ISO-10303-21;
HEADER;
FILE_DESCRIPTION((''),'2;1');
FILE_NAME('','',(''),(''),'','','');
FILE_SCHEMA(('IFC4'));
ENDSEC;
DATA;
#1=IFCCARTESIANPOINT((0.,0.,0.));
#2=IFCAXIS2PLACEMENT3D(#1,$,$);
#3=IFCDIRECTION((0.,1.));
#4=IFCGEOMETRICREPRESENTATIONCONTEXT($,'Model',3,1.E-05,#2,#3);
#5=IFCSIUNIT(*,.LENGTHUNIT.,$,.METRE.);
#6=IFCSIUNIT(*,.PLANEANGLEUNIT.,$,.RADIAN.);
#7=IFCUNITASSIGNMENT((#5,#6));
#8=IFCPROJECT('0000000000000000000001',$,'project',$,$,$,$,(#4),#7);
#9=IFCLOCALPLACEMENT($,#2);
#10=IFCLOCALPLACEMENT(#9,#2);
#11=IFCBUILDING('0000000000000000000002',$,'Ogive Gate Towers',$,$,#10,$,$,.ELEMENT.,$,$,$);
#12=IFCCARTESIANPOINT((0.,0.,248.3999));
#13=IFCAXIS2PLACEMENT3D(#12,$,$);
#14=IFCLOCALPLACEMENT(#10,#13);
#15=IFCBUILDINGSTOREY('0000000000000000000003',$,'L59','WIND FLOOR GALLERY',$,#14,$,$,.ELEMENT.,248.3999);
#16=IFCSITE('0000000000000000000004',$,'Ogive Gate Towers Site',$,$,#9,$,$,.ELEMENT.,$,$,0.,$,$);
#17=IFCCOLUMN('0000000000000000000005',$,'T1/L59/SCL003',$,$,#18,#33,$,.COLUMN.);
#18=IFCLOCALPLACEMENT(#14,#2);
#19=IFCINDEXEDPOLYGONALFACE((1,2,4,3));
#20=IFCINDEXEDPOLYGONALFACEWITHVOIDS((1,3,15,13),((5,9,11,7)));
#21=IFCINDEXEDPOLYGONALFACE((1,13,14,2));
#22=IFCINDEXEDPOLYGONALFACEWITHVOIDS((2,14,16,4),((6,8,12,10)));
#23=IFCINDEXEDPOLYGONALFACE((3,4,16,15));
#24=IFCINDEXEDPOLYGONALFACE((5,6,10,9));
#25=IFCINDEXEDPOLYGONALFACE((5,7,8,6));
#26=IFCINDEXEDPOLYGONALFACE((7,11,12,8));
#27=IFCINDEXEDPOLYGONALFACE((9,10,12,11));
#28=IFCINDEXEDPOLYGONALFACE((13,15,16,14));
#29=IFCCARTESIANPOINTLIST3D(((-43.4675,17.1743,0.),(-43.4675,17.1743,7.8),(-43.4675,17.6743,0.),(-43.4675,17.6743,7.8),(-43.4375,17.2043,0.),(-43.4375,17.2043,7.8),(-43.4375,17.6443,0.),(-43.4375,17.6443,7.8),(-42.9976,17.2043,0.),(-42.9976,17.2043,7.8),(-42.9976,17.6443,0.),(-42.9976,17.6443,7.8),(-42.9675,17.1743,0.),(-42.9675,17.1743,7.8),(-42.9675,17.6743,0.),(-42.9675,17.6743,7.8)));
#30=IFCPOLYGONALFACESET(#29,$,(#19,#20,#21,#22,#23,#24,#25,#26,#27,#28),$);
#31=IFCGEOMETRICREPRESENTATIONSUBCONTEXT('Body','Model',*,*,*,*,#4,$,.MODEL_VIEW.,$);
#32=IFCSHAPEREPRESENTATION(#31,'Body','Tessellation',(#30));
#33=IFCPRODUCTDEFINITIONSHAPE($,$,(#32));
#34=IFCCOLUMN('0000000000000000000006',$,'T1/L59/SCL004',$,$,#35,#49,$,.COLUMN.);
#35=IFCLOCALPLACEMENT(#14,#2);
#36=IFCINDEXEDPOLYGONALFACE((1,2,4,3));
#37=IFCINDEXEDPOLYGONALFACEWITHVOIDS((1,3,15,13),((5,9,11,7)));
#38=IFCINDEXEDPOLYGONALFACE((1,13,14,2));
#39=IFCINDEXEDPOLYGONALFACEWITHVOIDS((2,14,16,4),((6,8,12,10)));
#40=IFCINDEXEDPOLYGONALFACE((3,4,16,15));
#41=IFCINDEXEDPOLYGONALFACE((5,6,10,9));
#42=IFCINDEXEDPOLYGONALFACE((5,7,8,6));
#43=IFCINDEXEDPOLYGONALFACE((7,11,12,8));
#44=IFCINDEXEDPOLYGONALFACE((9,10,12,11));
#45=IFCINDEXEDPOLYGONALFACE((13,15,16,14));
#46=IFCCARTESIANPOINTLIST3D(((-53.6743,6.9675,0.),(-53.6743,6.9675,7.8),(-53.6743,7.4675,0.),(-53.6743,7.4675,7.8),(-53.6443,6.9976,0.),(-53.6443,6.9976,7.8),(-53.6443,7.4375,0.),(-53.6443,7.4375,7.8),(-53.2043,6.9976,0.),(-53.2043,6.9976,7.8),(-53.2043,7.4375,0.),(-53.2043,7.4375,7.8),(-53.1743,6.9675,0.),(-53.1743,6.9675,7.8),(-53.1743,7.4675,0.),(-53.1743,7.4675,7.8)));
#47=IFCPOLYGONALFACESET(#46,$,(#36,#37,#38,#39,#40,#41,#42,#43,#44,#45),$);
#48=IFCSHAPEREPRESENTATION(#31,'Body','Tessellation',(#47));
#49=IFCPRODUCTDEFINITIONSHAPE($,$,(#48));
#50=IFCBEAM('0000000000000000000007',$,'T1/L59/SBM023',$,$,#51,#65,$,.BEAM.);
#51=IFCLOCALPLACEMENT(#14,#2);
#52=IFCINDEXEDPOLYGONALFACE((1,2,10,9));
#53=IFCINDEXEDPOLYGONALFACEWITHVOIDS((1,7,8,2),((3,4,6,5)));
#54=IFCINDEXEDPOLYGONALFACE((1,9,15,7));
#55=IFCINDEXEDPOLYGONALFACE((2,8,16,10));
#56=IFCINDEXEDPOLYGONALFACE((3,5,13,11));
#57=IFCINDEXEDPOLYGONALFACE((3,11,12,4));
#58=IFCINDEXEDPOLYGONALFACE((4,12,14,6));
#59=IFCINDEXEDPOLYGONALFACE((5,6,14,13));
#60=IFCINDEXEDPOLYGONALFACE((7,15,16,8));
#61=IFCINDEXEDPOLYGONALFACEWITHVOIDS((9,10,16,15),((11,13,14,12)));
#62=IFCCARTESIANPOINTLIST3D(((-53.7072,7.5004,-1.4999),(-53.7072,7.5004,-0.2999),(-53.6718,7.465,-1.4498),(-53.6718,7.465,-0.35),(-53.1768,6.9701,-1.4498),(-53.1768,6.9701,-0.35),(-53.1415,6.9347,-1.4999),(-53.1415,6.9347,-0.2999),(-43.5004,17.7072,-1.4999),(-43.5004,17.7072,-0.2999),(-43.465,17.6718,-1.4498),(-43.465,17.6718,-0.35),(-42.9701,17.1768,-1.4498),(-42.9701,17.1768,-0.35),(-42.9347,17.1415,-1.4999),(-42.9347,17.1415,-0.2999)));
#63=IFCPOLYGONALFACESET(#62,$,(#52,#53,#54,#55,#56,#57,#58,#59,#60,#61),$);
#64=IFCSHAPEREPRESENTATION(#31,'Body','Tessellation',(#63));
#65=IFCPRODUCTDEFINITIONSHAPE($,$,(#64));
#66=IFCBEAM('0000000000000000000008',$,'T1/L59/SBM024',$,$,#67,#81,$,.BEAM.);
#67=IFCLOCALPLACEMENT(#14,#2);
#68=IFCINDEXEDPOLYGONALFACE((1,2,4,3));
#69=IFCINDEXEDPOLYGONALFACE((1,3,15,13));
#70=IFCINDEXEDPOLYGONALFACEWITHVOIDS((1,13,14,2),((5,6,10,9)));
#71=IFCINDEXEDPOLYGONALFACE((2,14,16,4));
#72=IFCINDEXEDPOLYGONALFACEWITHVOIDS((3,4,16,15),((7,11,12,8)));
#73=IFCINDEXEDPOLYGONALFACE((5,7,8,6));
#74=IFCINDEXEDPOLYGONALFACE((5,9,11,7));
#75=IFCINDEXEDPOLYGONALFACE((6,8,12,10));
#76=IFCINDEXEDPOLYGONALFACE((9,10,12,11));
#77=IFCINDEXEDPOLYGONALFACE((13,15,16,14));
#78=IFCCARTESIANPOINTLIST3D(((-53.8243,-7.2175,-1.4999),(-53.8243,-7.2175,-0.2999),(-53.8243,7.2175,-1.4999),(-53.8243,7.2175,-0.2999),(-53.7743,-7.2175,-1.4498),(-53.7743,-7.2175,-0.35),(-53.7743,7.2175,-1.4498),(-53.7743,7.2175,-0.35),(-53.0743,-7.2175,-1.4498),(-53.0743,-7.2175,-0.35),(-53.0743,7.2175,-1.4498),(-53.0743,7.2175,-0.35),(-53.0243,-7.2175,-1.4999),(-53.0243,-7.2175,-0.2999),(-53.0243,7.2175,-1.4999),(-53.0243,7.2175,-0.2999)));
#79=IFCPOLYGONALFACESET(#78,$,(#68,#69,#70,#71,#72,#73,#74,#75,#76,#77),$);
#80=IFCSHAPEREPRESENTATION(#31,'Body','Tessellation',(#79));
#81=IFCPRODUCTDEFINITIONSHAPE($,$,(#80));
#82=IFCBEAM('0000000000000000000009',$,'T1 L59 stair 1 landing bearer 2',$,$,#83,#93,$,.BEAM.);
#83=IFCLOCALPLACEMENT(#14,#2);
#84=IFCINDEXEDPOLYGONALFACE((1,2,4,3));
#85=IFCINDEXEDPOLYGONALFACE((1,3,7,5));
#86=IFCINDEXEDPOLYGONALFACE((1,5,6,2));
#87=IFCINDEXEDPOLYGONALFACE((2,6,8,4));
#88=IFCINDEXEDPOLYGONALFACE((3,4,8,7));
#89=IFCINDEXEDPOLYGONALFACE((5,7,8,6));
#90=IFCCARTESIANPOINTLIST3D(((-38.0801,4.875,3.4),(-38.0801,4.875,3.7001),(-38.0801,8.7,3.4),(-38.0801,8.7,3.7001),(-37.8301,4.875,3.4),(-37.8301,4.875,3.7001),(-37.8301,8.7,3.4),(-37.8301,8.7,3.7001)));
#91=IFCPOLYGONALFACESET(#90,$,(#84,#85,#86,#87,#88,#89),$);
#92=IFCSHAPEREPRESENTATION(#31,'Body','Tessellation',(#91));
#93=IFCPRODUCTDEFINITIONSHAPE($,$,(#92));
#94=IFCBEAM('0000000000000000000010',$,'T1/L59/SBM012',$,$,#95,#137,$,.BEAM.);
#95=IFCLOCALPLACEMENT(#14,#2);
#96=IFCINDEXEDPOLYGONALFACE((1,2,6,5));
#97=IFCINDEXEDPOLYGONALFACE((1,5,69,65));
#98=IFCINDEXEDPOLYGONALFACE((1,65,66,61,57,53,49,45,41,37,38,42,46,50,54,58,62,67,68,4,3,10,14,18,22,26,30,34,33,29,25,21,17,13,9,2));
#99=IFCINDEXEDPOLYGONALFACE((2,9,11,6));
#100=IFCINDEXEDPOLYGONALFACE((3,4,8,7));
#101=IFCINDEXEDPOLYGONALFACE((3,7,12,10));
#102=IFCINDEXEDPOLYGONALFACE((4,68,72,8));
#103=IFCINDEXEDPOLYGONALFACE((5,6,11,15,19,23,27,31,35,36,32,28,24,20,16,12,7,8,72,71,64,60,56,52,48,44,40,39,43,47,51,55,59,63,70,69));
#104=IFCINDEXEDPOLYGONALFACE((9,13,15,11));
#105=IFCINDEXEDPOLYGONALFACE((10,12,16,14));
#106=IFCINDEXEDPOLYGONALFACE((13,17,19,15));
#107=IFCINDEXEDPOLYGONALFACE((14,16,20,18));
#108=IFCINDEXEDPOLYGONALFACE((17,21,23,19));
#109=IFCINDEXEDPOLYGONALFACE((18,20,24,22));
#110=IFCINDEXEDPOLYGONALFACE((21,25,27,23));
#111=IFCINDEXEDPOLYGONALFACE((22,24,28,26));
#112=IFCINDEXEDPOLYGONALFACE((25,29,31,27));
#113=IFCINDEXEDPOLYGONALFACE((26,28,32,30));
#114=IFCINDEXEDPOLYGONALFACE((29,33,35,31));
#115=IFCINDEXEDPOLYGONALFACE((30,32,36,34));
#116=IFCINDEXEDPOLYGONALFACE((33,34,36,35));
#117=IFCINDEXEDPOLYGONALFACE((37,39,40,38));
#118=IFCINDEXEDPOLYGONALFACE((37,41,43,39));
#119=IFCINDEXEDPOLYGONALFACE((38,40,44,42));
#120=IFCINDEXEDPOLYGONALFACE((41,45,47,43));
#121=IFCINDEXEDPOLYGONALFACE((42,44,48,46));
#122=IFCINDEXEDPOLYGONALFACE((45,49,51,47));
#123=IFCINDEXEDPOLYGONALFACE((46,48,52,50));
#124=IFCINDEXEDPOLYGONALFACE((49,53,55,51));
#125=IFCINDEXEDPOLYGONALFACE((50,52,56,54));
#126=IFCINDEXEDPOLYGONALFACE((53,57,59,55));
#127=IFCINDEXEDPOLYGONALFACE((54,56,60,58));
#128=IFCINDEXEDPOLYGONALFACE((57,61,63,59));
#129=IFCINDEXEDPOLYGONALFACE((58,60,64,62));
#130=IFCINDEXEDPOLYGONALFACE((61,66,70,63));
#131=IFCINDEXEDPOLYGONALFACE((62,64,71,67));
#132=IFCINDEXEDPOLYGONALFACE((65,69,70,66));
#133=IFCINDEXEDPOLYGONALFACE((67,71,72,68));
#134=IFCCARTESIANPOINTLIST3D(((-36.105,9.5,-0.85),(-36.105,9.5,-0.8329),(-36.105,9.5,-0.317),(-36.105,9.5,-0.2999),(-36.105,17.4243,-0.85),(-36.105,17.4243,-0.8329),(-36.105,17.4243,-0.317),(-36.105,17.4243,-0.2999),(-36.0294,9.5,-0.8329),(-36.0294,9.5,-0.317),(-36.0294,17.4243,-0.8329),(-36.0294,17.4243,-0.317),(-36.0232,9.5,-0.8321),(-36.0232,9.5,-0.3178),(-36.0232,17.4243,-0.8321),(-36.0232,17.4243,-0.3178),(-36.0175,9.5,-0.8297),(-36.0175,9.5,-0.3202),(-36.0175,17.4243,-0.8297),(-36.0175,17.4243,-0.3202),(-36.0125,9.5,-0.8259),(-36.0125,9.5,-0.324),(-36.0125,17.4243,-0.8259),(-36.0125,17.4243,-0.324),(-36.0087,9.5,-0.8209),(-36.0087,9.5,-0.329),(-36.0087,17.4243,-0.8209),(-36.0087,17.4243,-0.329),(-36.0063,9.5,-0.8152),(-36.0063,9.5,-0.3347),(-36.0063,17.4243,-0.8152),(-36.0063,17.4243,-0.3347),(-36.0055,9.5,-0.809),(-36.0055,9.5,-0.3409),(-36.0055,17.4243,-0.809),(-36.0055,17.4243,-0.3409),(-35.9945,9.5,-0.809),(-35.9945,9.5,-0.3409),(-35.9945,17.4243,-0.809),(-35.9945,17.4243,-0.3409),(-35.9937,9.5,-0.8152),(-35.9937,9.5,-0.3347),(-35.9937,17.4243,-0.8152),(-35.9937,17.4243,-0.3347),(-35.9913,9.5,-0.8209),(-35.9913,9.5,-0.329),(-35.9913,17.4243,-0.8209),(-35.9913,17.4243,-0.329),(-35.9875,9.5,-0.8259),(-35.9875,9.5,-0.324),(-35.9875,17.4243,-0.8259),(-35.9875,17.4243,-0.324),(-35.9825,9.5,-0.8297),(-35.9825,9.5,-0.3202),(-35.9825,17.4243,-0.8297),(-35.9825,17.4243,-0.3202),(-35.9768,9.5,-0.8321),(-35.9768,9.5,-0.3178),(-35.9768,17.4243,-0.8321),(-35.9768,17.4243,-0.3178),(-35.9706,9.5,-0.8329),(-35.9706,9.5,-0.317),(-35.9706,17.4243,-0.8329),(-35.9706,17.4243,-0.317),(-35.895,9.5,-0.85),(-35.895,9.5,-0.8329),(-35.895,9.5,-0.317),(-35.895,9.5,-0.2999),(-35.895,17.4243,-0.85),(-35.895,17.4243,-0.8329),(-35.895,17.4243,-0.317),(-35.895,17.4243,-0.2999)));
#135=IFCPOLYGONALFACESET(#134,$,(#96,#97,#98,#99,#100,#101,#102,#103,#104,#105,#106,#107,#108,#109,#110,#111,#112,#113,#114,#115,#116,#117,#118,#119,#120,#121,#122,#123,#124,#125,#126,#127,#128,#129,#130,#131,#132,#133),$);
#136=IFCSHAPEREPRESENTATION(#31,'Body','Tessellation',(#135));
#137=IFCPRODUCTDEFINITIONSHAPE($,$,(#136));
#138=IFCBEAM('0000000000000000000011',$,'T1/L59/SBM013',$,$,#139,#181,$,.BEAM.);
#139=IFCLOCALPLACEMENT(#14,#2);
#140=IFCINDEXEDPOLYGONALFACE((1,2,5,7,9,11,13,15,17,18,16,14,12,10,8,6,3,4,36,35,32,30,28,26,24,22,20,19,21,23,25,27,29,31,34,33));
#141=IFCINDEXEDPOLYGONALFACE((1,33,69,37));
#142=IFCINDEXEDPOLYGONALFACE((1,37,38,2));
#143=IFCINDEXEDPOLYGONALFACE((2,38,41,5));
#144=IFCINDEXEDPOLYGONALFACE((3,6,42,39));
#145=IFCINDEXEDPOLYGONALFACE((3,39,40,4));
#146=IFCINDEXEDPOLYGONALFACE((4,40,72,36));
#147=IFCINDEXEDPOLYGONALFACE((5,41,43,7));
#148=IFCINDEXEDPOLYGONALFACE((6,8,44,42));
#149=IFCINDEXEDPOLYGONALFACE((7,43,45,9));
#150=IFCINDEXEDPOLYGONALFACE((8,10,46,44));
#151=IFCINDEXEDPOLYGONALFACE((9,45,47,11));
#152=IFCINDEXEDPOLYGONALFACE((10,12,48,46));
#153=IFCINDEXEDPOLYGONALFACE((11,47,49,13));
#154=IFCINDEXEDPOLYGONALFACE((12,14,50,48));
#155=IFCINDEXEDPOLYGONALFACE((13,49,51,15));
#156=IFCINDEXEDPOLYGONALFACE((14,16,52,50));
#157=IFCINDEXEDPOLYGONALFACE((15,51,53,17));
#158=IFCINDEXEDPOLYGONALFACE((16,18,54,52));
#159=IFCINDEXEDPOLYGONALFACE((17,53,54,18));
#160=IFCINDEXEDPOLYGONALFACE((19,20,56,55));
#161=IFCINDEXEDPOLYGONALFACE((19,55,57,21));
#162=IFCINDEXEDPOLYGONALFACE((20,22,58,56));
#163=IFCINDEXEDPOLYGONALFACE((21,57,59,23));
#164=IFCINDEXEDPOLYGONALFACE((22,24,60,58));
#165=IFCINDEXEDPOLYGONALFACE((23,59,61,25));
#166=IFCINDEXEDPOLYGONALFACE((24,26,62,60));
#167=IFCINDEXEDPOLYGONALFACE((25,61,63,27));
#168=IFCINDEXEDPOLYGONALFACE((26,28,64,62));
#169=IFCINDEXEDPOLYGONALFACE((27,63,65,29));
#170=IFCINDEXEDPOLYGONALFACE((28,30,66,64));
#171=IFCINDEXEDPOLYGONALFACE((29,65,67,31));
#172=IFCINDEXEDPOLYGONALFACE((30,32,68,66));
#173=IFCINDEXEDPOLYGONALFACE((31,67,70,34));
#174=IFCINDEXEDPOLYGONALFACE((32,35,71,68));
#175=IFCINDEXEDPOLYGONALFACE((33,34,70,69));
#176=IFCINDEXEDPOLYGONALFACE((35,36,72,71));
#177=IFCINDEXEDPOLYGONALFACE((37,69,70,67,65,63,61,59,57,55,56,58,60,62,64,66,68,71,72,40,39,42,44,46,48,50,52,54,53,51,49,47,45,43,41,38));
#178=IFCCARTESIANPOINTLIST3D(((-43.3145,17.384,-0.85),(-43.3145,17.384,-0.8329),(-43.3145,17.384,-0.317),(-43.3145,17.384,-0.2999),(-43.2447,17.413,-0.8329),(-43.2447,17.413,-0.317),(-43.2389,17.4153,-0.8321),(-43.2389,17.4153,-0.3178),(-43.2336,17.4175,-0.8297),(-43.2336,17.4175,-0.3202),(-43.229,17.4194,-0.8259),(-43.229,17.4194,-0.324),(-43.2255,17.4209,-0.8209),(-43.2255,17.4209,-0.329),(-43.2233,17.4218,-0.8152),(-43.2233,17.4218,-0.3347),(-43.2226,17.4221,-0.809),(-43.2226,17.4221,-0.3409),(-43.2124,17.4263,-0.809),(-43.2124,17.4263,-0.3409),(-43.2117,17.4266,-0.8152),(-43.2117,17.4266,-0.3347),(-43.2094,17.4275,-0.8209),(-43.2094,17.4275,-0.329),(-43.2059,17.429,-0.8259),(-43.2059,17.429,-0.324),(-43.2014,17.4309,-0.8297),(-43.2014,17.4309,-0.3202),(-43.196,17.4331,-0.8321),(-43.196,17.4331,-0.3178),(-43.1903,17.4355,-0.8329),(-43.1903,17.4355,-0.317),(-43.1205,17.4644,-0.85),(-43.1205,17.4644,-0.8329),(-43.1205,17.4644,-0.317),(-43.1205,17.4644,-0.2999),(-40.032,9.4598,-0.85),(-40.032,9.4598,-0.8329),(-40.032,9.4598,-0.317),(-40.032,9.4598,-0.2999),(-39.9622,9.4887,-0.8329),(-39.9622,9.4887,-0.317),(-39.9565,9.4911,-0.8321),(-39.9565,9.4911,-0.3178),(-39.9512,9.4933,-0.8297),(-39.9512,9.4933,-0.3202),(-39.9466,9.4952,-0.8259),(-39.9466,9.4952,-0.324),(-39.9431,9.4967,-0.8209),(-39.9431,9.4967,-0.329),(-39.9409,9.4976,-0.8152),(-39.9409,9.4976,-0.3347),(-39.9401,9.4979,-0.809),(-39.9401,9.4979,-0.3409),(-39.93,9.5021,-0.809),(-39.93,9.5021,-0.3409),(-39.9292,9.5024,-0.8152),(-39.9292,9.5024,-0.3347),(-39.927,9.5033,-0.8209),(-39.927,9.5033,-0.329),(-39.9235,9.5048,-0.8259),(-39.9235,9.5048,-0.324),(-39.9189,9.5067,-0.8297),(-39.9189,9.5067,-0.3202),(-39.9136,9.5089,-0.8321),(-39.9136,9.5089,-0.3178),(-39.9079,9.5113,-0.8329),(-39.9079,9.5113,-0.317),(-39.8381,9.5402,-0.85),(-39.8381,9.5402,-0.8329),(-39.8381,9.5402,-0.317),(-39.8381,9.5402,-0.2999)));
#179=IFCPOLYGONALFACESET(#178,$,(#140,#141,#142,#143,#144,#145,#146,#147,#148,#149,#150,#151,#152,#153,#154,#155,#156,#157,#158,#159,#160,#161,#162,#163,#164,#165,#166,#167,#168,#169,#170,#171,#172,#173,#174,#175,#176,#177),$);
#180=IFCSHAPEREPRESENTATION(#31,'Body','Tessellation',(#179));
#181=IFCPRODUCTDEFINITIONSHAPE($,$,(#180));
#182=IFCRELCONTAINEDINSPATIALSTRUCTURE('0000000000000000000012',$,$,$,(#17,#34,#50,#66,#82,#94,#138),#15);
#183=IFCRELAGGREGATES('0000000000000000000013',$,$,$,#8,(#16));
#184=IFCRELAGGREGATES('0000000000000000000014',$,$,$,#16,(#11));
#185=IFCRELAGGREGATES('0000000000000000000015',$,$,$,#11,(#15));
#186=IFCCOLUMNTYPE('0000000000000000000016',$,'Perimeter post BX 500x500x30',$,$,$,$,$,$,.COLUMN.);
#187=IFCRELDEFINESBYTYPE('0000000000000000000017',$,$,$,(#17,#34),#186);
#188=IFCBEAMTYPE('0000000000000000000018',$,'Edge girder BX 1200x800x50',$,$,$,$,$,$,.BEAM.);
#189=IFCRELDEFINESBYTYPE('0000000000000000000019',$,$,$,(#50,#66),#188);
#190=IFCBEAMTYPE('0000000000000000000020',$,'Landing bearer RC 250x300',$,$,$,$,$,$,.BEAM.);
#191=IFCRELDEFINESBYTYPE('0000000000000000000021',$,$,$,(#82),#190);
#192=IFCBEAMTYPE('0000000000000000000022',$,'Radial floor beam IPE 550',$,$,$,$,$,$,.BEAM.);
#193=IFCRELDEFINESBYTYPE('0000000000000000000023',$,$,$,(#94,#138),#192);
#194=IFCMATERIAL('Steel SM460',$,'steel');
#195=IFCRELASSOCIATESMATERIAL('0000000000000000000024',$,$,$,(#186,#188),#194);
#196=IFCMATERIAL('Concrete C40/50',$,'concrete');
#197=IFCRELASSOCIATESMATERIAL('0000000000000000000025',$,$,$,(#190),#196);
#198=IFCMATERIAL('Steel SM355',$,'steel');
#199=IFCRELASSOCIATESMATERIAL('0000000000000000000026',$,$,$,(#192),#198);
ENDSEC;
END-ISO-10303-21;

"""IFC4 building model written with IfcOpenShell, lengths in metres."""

from ifc_helpers import new_model, si_unit, direction, frame, origin, origin_2d, place, context, subcontext, project, spatial, rectangle, hollow_rectangle, i_section, extrude, material, material_profile, profile_set, type_object, element, save


model = new_model("IFC4")

# Units and contexts
model_context = context("Model", 3, precision=1e-05, world=origin(), true_north=direction((0.0, 1.0)))
body_context = subcontext(model_context, "Body", "Model", "MODEL_VIEW")
ifc_project = project(units=[si_unit("LENGTHUNIT", "METRE"), si_unit("PLANEANGLEUNIT", "RADIAN")], contexts=[model_context])

# Site, building, storey
site_placement = place(None, origin())
site = spatial("IfcSite", under=ifc_project, at=site_placement, Name="Ogive Gate Towers Site", CompositionType="ELEMENT", RefElevation=0.0)
building_placement = place(site_placement, origin())
building = spatial("IfcBuilding", under=site, at=building_placement, Name="Ogive Gate Towers", CompositionType="ELEMENT")
storey_placement = place(building_placement, frame((0.0, 0.0, 248.3999)))
storey = spatial("IfcBuildingStorey", under=building, at=storey_placement, Name="L59", Description="WIND FLOOR GALLERY", CompositionType="ELEMENT", Elevation=248.3999)

# Columns
ifc_material_1 = material(Name="Steel SM460", Category="steel")
ifc_material_profile_1 = material_profile(ifc_material_1, hollow_rectangle(XDim=0.5, YDim=0.5, WallThickness=0.03, at=origin_2d()), Name="BX 500x500x30")
ifc_profile_set_1 = profile_set([ifc_material_profile_1], Name="Steel SM460")
column_type = type_object("IfcColumnType", Name="Perimeter post BX 500x500x30", PredefinedType="COLUMN", material=ifc_profile_set_1)
for number, where, z_axis, x_axis, name in (
    (1, (-43.2175, 17.4243, 0.0), (0.0, 0.0, 1.0), (1.0, 0.0, 0.0), "T1/L59/SCL003"),
    (2, (-53.4243, 7.2175, 0.0), (0.0, 0.0, 1.0), (1.0, 0.0, 0.0), "T1/L59/SCL004"),
):
    element("IfcColumn", number, at=place(storey_placement, frame(where, z_axis=z_axis, x_axis=x_axis)), inside=storey, type_object=column_type, Name=name, PredefinedType="COLUMN", context=body_context, shape_type="SweptSolid", body=[
        extrude(hollow_rectangle(XDim=0.5, YDim=0.5, WallThickness=0.03, at=origin_2d()), origin(), (0.0, 0.0, 1.0), 7.8),
    ])

# Beams
ifc_material_profile_2 = material_profile(ifc_material_1, hollow_rectangle(XDim=0.8, YDim=1.2, WallThickness=0.05, at=origin_2d()), Name="BX 1200x800x50")
ifc_profile_set_2 = profile_set([ifc_material_profile_2], Name="Steel SM460")
beam_type_1 = type_object("IfcBeamType", Name="Edge girder BX 1200x800x50", PredefinedType="BEAM", material=ifc_profile_set_2)
beam_1_placement = place(storey_placement, frame((-43.2175, 17.4243, -0.8999), z_axis=(-0.707107, -0.707107, 0.0), x_axis=(0.707107, -0.707107, 0.0)))
element("IfcBeam", 3, at=beam_1_placement, inside=storey, type_object=beam_type_1, Name="T1/L59/SBM023", PredefinedType="BEAM", context=body_context, shape_type="SweptSolid", body=[
    extrude(hollow_rectangle(XDim=0.8, YDim=1.2, WallThickness=0.05, at=origin_2d()), origin(), (0.0, 0.0, 1.0), 14.4346),
])
beam_2_placement = place(storey_placement, frame((-53.4243, 7.2175, -0.8999), z_axis=(0.0, -1.0, 0.0), x_axis=(1.0, 0.0, 0.0)))
element("IfcBeam", 4, at=beam_2_placement, inside=storey, type_object=beam_type_1, Name="T1/L59/SBM024", PredefinedType="BEAM", context=body_context, shape_type="SweptSolid", body=[
    extrude(hollow_rectangle(XDim=0.8, YDim=1.2, WallThickness=0.05, at=origin_2d()), origin(), (0.0, 0.0, 1.0), 14.4351),
])
ifc_material_2 = material(Name="Concrete C40/50", Category="concrete")
ifc_material_profile_3 = material_profile(ifc_material_2, rectangle(XDim=0.25, YDim=0.3, at=origin_2d()), Name="RC 250x300")
ifc_profile_set_3 = profile_set([ifc_material_profile_3], Name="Concrete C40/50")
beam_type_2 = type_object("IfcBeamType", Name="Landing bearer RC 250x300", PredefinedType="BEAM", material=ifc_profile_set_3)
beam_3_placement = place(storey_placement, frame((-37.9551, 8.7, 3.55), z_axis=(0.0, -1.0, 0.0), x_axis=(1.0, 0.0, 0.0)))
element("IfcBeam", 5, at=beam_3_placement, inside=storey, type_object=beam_type_2, Name="T1 L59 stair 1 landing bearer 2", PredefinedType="BEAM", context=body_context, shape_type="SweptSolid", body=[
    extrude(rectangle(XDim=0.25, YDim=0.3, at=origin_2d()), origin(), (0.0, 0.0, 1.0), 3.825),
])
ifc_material_3 = material(Name="Steel SM355", Category="steel")
ifc_material_profile_4 = material_profile(ifc_material_3, i_section(OverallWidth=0.21, OverallDepth=0.55, WebThickness=0.011, FlangeThickness=0.0171, FilletRadius=0.0239, at=origin_2d()), Name="IPE 550")
ifc_profile_set_4 = profile_set([ifc_material_profile_4], Name="Steel SM355")
beam_type_3 = type_object("IfcBeamType", Name="Radial floor beam IPE 550", PredefinedType="BEAM", material=ifc_profile_set_4)
beam_4_placement = place(storey_placement, frame((-36.0, 9.5, -0.575), z_axis=(0.0, 1.0, 0.0), x_axis=(-1.0, 0.0, 0.0)))
element("IfcBeam", 6, at=beam_4_placement, inside=storey, type_object=beam_type_3, Name="T1/L59/SBM012", PredefinedType="BEAM", context=body_context, shape_type="SweptSolid", body=[
    extrude(i_section(OverallWidth=0.21, OverallDepth=0.55, WebThickness=0.011, FlangeThickness=0.0171, FilletRadius=0.0239, at=origin_2d()), origin(), (0.0, 0.0, 1.0), 7.9243),
])
beam_5_placement = place(storey_placement, frame((-39.9351, 9.5, -0.575), z_axis=(-0.382695, 0.923875, 0.0), x_axis=(-0.923875, -0.382695, 0.0)))
element("IfcBeam", 7, at=beam_5_placement, inside=storey, type_object=beam_type_3, Name="T1/L59/SBM013", PredefinedType="BEAM", context=body_context, shape_type="SweptSolid", body=[
    extrude(i_section(OverallWidth=0.21, OverallDepth=0.55, WebThickness=0.011, FlangeThickness=0.0171, FilletRadius=0.0239, at=origin_2d()), origin(), (0.0, 0.0, 1.0), 8.5771),
])

save(model, "model.ifc")
